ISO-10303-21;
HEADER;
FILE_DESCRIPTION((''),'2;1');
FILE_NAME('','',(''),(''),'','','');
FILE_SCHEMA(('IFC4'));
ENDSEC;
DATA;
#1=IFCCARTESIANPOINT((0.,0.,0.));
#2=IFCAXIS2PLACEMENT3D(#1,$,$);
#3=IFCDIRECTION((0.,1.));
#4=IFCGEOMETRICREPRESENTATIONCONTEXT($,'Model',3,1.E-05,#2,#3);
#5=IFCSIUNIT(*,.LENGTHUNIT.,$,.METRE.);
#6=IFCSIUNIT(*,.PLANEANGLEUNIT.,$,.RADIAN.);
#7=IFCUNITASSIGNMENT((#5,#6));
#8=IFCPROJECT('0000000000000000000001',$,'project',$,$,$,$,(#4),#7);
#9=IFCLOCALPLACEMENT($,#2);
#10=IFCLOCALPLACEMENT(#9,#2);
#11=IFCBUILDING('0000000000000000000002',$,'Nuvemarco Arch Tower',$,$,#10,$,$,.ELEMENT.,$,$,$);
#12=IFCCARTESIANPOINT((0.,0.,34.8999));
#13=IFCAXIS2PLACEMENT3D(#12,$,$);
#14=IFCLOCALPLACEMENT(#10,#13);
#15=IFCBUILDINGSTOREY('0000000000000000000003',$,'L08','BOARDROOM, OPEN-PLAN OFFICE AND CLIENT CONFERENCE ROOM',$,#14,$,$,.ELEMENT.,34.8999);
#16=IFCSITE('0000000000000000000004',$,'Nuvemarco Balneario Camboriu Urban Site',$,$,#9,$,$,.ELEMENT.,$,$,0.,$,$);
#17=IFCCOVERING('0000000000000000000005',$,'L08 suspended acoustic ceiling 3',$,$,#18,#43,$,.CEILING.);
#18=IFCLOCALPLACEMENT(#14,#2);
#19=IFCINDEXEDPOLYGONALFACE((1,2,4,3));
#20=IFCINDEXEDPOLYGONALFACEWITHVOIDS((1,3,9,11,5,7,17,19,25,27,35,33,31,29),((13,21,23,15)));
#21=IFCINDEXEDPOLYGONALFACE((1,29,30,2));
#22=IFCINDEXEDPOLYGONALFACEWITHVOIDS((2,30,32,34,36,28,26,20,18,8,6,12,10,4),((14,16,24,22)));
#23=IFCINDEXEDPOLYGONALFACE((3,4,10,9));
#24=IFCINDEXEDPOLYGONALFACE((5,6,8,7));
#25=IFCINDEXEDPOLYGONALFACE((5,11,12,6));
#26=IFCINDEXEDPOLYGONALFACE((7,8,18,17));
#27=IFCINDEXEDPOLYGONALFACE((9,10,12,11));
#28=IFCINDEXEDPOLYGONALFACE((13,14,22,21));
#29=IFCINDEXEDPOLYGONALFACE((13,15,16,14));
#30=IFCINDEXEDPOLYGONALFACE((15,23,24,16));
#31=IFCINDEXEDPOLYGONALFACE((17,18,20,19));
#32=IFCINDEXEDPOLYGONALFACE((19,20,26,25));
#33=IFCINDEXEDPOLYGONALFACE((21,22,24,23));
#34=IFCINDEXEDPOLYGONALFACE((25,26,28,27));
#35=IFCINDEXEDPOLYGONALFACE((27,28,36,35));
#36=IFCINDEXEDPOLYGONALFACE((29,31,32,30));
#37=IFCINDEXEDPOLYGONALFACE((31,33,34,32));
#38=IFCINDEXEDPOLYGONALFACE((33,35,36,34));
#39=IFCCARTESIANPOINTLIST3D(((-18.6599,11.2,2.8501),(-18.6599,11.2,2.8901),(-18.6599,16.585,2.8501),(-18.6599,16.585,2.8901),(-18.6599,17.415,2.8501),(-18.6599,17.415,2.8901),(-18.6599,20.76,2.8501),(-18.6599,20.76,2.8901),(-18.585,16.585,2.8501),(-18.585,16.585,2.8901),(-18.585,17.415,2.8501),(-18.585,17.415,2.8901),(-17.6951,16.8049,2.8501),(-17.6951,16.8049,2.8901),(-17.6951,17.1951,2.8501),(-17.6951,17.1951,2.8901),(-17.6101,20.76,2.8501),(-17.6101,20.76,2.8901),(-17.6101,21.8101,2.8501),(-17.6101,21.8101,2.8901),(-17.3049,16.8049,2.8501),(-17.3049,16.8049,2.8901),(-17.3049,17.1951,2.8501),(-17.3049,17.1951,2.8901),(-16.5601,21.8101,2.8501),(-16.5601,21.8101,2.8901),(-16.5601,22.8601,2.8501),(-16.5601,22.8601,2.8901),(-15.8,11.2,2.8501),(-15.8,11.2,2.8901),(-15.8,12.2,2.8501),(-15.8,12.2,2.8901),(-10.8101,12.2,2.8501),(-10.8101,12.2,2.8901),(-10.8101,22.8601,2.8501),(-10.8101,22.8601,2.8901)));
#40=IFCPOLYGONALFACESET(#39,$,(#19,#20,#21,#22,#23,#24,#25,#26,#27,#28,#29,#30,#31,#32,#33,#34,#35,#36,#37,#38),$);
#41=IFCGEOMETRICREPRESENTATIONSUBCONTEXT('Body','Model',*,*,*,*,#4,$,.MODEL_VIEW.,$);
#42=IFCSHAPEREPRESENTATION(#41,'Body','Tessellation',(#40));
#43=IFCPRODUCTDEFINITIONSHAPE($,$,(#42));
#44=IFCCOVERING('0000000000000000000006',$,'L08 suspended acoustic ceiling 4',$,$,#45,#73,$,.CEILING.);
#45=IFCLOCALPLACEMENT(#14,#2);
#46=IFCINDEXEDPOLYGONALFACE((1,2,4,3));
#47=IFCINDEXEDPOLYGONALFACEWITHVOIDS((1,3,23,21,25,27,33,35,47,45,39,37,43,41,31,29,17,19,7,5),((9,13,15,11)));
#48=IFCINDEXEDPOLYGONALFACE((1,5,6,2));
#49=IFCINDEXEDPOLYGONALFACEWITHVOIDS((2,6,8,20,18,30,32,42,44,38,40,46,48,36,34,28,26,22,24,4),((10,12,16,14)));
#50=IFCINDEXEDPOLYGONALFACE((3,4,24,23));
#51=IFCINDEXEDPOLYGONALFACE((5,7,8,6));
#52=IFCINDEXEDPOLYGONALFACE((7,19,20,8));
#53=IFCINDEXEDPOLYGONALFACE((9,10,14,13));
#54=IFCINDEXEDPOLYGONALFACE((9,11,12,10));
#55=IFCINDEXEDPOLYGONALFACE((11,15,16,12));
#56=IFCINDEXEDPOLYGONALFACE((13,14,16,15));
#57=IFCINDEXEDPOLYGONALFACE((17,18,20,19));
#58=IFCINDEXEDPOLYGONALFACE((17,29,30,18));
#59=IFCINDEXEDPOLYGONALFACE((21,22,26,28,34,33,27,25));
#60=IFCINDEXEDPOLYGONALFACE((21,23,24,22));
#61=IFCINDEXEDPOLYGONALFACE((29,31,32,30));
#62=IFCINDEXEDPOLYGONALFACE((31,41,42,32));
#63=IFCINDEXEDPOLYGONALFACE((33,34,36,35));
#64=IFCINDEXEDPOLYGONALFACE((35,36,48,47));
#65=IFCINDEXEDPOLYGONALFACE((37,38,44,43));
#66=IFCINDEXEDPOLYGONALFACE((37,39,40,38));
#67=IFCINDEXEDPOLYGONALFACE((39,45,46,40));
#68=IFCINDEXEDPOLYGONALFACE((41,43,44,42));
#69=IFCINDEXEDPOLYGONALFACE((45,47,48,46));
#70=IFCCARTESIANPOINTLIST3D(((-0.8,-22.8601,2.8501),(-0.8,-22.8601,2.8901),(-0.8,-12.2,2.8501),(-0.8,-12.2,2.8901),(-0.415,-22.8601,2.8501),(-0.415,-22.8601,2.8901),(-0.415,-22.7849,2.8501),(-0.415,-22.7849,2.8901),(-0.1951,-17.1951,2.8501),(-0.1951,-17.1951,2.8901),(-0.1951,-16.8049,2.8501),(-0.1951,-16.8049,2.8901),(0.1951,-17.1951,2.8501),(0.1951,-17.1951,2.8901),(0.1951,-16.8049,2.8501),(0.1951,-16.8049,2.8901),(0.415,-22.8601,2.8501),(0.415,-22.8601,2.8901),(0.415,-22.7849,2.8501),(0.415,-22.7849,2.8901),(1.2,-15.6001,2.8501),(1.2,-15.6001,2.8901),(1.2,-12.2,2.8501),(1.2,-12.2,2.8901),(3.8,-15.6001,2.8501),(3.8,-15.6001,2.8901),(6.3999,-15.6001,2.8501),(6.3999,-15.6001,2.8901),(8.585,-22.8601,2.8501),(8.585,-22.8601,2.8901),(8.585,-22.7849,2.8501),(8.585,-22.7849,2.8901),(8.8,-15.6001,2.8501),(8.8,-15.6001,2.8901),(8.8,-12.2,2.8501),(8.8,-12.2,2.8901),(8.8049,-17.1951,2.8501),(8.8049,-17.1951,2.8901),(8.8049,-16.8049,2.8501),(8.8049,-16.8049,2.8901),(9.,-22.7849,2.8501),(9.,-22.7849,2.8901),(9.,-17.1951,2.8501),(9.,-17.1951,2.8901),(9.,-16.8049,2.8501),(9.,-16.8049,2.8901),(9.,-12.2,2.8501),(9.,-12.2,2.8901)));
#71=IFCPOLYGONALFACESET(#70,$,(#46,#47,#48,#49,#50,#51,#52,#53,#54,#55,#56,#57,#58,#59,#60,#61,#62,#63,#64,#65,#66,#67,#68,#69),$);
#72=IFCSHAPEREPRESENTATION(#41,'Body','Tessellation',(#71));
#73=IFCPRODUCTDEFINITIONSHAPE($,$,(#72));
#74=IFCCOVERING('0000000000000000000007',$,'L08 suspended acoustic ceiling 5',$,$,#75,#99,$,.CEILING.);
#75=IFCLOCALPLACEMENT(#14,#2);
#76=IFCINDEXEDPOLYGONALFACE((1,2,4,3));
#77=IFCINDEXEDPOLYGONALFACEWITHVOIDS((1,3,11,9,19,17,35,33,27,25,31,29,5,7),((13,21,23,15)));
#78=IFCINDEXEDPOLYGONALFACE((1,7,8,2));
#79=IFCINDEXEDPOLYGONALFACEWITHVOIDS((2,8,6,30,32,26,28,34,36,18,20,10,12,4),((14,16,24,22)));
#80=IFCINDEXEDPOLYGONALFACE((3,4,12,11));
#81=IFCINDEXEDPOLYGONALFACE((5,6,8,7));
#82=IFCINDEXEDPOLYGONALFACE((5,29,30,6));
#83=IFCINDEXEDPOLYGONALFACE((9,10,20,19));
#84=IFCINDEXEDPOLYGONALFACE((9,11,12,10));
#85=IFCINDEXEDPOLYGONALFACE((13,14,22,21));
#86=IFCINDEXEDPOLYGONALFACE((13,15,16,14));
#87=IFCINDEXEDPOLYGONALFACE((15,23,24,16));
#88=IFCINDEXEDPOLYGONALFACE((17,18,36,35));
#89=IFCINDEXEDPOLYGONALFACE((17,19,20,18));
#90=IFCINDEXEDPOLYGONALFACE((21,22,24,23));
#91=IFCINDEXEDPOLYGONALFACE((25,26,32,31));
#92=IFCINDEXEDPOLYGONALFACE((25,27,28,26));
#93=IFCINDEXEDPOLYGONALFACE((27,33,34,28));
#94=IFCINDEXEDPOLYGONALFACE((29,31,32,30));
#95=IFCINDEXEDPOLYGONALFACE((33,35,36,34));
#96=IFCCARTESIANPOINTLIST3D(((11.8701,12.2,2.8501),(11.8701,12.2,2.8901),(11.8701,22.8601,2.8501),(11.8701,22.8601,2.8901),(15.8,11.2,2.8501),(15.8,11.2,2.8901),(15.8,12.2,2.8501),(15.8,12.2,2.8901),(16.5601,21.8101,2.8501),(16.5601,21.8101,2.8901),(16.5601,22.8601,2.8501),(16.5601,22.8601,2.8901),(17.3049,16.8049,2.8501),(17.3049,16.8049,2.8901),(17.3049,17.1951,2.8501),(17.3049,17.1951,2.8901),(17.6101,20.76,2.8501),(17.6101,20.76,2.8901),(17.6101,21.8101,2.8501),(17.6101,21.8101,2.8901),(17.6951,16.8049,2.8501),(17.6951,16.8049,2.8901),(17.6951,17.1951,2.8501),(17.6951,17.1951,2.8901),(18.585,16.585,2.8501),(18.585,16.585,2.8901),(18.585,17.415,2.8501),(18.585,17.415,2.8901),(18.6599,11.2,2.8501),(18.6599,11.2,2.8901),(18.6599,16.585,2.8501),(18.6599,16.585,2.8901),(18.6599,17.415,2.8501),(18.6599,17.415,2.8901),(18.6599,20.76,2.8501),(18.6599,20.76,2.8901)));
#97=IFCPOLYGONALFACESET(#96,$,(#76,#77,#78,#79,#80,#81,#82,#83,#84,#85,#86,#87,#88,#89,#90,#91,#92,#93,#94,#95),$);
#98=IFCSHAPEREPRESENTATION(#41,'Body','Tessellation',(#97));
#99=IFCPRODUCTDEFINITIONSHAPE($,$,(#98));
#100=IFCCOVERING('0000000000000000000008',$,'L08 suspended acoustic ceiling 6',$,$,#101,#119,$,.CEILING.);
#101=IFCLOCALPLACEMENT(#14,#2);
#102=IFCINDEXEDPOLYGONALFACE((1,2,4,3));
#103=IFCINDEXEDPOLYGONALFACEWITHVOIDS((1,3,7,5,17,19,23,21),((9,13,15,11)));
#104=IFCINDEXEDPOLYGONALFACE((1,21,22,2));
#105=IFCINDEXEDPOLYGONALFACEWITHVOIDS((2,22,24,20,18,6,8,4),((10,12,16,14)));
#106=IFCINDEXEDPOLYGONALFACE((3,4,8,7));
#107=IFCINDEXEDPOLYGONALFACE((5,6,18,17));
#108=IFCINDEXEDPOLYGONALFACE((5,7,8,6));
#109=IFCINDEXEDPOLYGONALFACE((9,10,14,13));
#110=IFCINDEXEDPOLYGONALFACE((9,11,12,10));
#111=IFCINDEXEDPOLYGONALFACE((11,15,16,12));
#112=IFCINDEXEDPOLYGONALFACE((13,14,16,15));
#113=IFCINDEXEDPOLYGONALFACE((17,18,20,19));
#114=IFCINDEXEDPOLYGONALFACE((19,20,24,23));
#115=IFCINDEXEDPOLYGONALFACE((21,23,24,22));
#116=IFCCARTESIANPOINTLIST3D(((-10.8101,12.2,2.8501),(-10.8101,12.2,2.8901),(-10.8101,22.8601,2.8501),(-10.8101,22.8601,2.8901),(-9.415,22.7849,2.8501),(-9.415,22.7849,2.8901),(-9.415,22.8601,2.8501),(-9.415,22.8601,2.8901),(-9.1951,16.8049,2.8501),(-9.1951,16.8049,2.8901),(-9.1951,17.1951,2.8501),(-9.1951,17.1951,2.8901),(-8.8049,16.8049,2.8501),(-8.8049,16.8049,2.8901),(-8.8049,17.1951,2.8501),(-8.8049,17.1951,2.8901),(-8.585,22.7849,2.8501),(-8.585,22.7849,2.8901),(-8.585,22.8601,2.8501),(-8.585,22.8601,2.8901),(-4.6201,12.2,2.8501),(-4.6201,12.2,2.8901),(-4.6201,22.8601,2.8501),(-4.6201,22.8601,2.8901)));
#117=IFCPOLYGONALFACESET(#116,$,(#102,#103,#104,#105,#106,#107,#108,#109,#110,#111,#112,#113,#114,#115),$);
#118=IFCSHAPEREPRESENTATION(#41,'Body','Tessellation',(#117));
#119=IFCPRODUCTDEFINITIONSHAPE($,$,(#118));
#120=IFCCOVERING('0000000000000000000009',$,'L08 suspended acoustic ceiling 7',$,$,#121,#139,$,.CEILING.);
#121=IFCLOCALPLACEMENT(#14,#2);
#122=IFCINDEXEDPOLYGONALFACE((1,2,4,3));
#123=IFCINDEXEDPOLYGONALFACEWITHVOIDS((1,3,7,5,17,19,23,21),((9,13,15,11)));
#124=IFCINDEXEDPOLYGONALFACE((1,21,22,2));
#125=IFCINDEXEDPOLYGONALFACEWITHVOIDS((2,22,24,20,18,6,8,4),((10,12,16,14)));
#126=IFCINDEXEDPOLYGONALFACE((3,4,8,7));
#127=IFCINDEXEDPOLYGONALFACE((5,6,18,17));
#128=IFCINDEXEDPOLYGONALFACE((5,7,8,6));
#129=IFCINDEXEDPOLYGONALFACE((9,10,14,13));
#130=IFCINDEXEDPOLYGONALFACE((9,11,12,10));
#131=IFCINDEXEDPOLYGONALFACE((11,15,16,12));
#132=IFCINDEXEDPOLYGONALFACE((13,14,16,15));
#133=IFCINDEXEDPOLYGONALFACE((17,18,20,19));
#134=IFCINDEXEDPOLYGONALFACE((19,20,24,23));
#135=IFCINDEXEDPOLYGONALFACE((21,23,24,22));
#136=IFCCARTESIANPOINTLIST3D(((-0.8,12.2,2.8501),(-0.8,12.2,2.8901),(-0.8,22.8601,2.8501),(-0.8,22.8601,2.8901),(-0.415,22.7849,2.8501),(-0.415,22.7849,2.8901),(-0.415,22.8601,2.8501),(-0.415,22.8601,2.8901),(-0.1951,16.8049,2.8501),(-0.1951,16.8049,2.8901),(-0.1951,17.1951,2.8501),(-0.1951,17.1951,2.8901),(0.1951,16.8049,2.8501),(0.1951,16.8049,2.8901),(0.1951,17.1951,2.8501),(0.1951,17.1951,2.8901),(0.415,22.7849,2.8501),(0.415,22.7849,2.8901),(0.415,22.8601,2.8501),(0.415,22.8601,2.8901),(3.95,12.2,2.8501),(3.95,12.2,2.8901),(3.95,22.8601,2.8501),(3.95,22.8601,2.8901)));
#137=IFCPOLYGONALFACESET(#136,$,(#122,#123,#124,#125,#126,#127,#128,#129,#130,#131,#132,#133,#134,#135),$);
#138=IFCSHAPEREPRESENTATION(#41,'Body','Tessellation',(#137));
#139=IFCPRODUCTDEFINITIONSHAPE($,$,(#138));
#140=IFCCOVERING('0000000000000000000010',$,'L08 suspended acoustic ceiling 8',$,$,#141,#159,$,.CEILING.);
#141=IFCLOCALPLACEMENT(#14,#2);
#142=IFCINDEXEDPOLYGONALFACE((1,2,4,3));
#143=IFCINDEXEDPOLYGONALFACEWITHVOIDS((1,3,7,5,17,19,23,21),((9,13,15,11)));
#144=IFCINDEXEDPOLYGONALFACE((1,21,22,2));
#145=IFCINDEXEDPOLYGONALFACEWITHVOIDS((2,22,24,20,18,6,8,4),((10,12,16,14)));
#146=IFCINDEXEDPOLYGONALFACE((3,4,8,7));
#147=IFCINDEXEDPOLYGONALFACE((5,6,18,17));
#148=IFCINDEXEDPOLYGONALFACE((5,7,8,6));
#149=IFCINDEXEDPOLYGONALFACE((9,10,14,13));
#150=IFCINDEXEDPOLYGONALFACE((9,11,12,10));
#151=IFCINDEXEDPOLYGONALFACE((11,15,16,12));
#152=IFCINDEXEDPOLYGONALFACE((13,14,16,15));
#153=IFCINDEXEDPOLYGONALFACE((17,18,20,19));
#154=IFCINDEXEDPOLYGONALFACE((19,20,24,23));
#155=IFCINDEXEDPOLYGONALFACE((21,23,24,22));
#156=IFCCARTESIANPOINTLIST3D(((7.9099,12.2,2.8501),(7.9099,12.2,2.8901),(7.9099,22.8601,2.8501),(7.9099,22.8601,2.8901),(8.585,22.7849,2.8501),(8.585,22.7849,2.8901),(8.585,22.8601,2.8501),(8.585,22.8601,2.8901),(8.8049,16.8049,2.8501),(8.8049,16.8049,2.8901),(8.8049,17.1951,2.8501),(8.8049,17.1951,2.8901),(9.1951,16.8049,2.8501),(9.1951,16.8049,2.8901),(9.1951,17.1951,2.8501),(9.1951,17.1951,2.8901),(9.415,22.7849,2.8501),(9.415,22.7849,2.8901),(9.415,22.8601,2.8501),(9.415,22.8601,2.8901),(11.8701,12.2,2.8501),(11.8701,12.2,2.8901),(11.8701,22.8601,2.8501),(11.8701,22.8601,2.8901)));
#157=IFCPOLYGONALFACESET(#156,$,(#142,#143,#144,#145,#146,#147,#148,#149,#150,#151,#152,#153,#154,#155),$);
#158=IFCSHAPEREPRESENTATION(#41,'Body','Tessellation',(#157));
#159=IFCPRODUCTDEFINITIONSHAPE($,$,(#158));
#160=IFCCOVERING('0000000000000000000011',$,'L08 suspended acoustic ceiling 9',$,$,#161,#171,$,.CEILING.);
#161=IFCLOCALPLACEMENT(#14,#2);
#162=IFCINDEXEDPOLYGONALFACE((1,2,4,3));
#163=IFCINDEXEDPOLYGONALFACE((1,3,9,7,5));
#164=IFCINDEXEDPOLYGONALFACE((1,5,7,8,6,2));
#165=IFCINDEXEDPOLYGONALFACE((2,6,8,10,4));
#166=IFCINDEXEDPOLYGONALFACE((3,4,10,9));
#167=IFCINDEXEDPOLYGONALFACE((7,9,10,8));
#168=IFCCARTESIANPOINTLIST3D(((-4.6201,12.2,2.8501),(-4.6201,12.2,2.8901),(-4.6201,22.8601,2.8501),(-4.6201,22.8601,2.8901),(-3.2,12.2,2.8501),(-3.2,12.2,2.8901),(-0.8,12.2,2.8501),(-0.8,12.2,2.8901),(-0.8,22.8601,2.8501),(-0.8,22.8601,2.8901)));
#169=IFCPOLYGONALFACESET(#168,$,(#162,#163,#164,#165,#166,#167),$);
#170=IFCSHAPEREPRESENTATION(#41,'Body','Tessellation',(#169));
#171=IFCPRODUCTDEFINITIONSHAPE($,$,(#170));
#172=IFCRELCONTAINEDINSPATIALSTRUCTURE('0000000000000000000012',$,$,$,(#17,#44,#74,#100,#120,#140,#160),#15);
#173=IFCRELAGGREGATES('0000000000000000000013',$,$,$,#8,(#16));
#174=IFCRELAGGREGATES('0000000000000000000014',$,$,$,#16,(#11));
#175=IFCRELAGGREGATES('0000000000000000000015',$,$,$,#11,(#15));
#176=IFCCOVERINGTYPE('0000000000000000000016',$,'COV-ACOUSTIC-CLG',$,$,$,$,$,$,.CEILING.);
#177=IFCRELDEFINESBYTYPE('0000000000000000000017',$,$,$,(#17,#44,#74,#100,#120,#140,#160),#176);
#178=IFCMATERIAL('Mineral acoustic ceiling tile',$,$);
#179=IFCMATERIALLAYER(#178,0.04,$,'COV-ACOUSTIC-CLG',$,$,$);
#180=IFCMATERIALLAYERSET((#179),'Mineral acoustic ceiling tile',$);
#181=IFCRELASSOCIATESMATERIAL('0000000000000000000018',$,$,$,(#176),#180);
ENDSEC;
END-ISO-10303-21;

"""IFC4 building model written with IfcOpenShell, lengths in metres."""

from ifc_helpers import new_model, si_unit, direction, frame, origin, place, context, subcontext, project, spatial, polyline, outline, extrude, material, layer, layer_set, type_object, element, save


model = new_model("IFC4")

# Units and contexts
model_context = context("Model", 3, precision=1e-05, world=origin(), true_north=direction((0.0, 1.0)))
body_context = subcontext(model_context, "Body", "Model", "MODEL_VIEW")
ifc_project = project(units=[si_unit("LENGTHUNIT", "METRE"), si_unit("PLANEANGLEUNIT", "RADIAN")], contexts=[model_context])

# Site, building, storey
site_placement = place(None, origin())
site = spatial("IfcSite", under=ifc_project, at=site_placement, Name="Nuvemarco Balneario Camboriu Urban Site", CompositionType="ELEMENT", RefElevation=0.0)
building_placement = place(site_placement, origin())
building = spatial("IfcBuilding", under=site, at=building_placement, Name="Nuvemarco Arch Tower", CompositionType="ELEMENT")
storey_placement = place(building_placement, frame((0.0, 0.0, 34.8999)))
storey = spatial("IfcBuildingStorey", under=building, at=storey_placement, Name="L08", Description="BOARDROOM, OPEN-PLAN OFFICE AND CLIENT CONFERENCE ROOM", CompositionType="ELEMENT", Elevation=34.8999)

# Coverings
ifc_material_1 = material(Name="Mineral acoustic ceiling tile")
ifc_layer_1 = layer(ifc_material_1, 0.04, Name="COV-ACOUSTIC-CLG")
ifc_layer_set_1 = layer_set([ifc_layer_1], Name="Mineral acoustic ceiling tile")
covering_type_1 = type_object("IfcCoveringType", Name="COV-ACOUSTIC-CLG", PredefinedType="CEILING", material=ifc_layer_set_1)
covering_1_placement = place(storey_placement, frame((0.0, 0.0, 2.8501)))
element("IfcCovering", 1, at=covering_1_placement, inside=storey, type_object=covering_type_1, Name="L08 suspended acoustic ceiling 3", PredefinedType="CEILING", context=body_context, shape_type="SweptSolid", body=[
    extrude(outline(polyline([(-18.585, 16.585), (-18.585, 17.415), (-18.6599, 17.415), (-18.6599, 20.76), (-17.6101, 20.76), (-17.6101, 21.8101), (-16.5601, 21.8101), (-16.5601, 22.8601), (-10.8101, 22.8601), (-10.8101, 12.2), (-15.8, 12.2), (-15.8, 11.2), (-18.6599, 11.2), (-18.6599, 16.585), (-18.585, 16.585)]), holes=[polyline([(-17.3049, 16.8049), (-17.3049, 17.1951), (-17.6951, 17.1951), (-17.6951, 16.8049), (-17.3049, 16.8049)])]), origin(), (0.0, 0.0, 1.0), 0.04),
])
covering_2_placement = place(storey_placement, frame((0.0, 0.0, 2.8501)))
element("IfcCovering", 2, at=covering_2_placement, inside=storey, type_object=covering_type_1, Name="L08 suspended acoustic ceiling 4", PredefinedType="CEILING", context=body_context, shape_type="SweptSolid", body=[
    extrude(outline(polyline([(3.8, -15.6001), (6.3999, -15.6001), (8.8, -15.6001), (8.8, -12.2), (9.0, -12.2), (9.0, -16.8049), (8.8049, -16.8049), (8.8049, -17.1951), (9.0, -17.1951), (9.0, -22.7849), (8.585, -22.7849), (8.585, -22.8601), (0.415, -22.8601), (0.415, -22.7849), (-0.415, -22.7849), (-0.415, -22.8601), (-0.8, -22.8601), (-0.8, -12.2), (1.2, -12.2), (1.2, -15.6001), (3.8, -15.6001)]), holes=[polyline([(0.1951, -17.1951), (0.1951, -16.8049), (-0.1951, -16.8049), (-0.1951, -17.1951), (0.1951, -17.1951)])]), origin(), (0.0, 0.0, 1.0), 0.04),
])
covering_3_placement = place(storey_placement, frame((0.0, 0.0, 2.8501)))
element("IfcCovering", 3, at=covering_3_placement, inside=storey, type_object=covering_type_1, Name="L08 suspended acoustic ceiling 5", PredefinedType="CEILING", context=body_context, shape_type="SweptSolid", body=[
    extrude(outline(polyline([(18.6599, 20.76), (18.6599, 17.415), (18.585, 17.415), (18.585, 16.585), (18.6599, 16.585), (18.6599, 11.2), (15.8, 11.2), (15.8, 12.2), (11.8701, 12.2), (11.8701, 22.8601), (16.5601, 22.8601), (16.5601, 21.8101), (17.6101, 21.8101), (17.6101, 20.76), (18.6599, 20.76)]), holes=[polyline([(17.6951, 16.8049), (17.6951, 17.1951), (17.3049, 17.1951), (17.3049, 16.8049), (17.6951, 16.8049)])]), origin(), (0.0, 0.0, 1.0), 0.04),
])
covering_4_placement = place(storey_placement, frame((0.0, 0.0, 2.8501)))
element("IfcCovering", 4, at=covering_4_placement, inside=storey, type_object=covering_type_1, Name="L08 suspended acoustic ceiling 6", PredefinedType="CEILING", context=body_context, shape_type="SweptSolid", body=[
    extrude(outline(polyline([(-4.6201, 12.2), (-10.8101, 12.2), (-10.8101, 22.8601), (-9.415, 22.8601), (-9.415, 22.7849), (-8.585, 22.7849), (-8.585, 22.8601), (-4.6201, 22.8601), (-4.6201, 12.2)]), holes=[polyline([(-8.8049, 16.8049), (-8.8049, 17.1951), (-9.1951, 17.1951), (-9.1951, 16.8049), (-8.8049, 16.8049)])]), origin(), (0.0, 0.0, 1.0), 0.04),
])
covering_5_placement = place(storey_placement, frame((0.0, 0.0, 2.8501)))
element("IfcCovering", 5, at=covering_5_placement, inside=storey, type_object=covering_type_1, Name="L08 suspended acoustic ceiling 7", PredefinedType="CEILING", context=body_context, shape_type="SweptSolid", body=[
    extrude(outline(polyline([(3.95, 12.2), (-0.8, 12.2), (-0.8, 22.8601), (-0.415, 22.8601), (-0.415, 22.7849), (0.415, 22.7849), (0.415, 22.8601), (3.95, 22.8601), (3.95, 12.2)]), holes=[polyline([(0.1951, 16.8049), (0.1951, 17.1951), (-0.1951, 17.1951), (-0.1951, 16.8049), (0.1951, 16.8049)])]), origin(), (0.0, 0.0, 1.0), 0.04),
])
covering_6_placement = place(storey_placement, frame((0.0, 0.0, 2.8501)))
element("IfcCovering", 6, at=covering_6_placement, inside=storey, type_object=covering_type_1, Name="L08 suspended acoustic ceiling 8", PredefinedType="CEILING", context=body_context, shape_type="SweptSolid", body=[
    extrude(outline(polyline([(11.8701, 12.2), (7.9099, 12.2), (7.9099, 22.8601), (8.585, 22.8601), (8.585, 22.7849), (9.415, 22.7849), (9.415, 22.8601), (11.8701, 22.8601), (11.8701, 12.2)]), holes=[polyline([(9.1951, 17.1951), (8.8049, 17.1951), (8.8049, 16.8049), (9.1951, 16.8049), (9.1951, 17.1951)])]), origin(), (0.0, 0.0, 1.0), 0.04),
])
covering_7_placement = place(storey_placement, frame((0.0, 0.0, 2.8501)))
element("IfcCovering", 7, at=covering_7_placement, inside=storey, type_object=covering_type_1, Name="L08 suspended acoustic ceiling 9", PredefinedType="CEILING", context=body_context, shape_type="SweptSolid", body=[
    extrude(outline(polyline([(-0.8, 12.2), (-3.2, 12.2), (-4.6201, 12.2), (-4.6201, 22.8601), (-0.8, 22.8601), (-0.8, 12.2)])), origin(), (0.0, 0.0, 1.0), 0.04),
])

save(model, "model.ifc")
